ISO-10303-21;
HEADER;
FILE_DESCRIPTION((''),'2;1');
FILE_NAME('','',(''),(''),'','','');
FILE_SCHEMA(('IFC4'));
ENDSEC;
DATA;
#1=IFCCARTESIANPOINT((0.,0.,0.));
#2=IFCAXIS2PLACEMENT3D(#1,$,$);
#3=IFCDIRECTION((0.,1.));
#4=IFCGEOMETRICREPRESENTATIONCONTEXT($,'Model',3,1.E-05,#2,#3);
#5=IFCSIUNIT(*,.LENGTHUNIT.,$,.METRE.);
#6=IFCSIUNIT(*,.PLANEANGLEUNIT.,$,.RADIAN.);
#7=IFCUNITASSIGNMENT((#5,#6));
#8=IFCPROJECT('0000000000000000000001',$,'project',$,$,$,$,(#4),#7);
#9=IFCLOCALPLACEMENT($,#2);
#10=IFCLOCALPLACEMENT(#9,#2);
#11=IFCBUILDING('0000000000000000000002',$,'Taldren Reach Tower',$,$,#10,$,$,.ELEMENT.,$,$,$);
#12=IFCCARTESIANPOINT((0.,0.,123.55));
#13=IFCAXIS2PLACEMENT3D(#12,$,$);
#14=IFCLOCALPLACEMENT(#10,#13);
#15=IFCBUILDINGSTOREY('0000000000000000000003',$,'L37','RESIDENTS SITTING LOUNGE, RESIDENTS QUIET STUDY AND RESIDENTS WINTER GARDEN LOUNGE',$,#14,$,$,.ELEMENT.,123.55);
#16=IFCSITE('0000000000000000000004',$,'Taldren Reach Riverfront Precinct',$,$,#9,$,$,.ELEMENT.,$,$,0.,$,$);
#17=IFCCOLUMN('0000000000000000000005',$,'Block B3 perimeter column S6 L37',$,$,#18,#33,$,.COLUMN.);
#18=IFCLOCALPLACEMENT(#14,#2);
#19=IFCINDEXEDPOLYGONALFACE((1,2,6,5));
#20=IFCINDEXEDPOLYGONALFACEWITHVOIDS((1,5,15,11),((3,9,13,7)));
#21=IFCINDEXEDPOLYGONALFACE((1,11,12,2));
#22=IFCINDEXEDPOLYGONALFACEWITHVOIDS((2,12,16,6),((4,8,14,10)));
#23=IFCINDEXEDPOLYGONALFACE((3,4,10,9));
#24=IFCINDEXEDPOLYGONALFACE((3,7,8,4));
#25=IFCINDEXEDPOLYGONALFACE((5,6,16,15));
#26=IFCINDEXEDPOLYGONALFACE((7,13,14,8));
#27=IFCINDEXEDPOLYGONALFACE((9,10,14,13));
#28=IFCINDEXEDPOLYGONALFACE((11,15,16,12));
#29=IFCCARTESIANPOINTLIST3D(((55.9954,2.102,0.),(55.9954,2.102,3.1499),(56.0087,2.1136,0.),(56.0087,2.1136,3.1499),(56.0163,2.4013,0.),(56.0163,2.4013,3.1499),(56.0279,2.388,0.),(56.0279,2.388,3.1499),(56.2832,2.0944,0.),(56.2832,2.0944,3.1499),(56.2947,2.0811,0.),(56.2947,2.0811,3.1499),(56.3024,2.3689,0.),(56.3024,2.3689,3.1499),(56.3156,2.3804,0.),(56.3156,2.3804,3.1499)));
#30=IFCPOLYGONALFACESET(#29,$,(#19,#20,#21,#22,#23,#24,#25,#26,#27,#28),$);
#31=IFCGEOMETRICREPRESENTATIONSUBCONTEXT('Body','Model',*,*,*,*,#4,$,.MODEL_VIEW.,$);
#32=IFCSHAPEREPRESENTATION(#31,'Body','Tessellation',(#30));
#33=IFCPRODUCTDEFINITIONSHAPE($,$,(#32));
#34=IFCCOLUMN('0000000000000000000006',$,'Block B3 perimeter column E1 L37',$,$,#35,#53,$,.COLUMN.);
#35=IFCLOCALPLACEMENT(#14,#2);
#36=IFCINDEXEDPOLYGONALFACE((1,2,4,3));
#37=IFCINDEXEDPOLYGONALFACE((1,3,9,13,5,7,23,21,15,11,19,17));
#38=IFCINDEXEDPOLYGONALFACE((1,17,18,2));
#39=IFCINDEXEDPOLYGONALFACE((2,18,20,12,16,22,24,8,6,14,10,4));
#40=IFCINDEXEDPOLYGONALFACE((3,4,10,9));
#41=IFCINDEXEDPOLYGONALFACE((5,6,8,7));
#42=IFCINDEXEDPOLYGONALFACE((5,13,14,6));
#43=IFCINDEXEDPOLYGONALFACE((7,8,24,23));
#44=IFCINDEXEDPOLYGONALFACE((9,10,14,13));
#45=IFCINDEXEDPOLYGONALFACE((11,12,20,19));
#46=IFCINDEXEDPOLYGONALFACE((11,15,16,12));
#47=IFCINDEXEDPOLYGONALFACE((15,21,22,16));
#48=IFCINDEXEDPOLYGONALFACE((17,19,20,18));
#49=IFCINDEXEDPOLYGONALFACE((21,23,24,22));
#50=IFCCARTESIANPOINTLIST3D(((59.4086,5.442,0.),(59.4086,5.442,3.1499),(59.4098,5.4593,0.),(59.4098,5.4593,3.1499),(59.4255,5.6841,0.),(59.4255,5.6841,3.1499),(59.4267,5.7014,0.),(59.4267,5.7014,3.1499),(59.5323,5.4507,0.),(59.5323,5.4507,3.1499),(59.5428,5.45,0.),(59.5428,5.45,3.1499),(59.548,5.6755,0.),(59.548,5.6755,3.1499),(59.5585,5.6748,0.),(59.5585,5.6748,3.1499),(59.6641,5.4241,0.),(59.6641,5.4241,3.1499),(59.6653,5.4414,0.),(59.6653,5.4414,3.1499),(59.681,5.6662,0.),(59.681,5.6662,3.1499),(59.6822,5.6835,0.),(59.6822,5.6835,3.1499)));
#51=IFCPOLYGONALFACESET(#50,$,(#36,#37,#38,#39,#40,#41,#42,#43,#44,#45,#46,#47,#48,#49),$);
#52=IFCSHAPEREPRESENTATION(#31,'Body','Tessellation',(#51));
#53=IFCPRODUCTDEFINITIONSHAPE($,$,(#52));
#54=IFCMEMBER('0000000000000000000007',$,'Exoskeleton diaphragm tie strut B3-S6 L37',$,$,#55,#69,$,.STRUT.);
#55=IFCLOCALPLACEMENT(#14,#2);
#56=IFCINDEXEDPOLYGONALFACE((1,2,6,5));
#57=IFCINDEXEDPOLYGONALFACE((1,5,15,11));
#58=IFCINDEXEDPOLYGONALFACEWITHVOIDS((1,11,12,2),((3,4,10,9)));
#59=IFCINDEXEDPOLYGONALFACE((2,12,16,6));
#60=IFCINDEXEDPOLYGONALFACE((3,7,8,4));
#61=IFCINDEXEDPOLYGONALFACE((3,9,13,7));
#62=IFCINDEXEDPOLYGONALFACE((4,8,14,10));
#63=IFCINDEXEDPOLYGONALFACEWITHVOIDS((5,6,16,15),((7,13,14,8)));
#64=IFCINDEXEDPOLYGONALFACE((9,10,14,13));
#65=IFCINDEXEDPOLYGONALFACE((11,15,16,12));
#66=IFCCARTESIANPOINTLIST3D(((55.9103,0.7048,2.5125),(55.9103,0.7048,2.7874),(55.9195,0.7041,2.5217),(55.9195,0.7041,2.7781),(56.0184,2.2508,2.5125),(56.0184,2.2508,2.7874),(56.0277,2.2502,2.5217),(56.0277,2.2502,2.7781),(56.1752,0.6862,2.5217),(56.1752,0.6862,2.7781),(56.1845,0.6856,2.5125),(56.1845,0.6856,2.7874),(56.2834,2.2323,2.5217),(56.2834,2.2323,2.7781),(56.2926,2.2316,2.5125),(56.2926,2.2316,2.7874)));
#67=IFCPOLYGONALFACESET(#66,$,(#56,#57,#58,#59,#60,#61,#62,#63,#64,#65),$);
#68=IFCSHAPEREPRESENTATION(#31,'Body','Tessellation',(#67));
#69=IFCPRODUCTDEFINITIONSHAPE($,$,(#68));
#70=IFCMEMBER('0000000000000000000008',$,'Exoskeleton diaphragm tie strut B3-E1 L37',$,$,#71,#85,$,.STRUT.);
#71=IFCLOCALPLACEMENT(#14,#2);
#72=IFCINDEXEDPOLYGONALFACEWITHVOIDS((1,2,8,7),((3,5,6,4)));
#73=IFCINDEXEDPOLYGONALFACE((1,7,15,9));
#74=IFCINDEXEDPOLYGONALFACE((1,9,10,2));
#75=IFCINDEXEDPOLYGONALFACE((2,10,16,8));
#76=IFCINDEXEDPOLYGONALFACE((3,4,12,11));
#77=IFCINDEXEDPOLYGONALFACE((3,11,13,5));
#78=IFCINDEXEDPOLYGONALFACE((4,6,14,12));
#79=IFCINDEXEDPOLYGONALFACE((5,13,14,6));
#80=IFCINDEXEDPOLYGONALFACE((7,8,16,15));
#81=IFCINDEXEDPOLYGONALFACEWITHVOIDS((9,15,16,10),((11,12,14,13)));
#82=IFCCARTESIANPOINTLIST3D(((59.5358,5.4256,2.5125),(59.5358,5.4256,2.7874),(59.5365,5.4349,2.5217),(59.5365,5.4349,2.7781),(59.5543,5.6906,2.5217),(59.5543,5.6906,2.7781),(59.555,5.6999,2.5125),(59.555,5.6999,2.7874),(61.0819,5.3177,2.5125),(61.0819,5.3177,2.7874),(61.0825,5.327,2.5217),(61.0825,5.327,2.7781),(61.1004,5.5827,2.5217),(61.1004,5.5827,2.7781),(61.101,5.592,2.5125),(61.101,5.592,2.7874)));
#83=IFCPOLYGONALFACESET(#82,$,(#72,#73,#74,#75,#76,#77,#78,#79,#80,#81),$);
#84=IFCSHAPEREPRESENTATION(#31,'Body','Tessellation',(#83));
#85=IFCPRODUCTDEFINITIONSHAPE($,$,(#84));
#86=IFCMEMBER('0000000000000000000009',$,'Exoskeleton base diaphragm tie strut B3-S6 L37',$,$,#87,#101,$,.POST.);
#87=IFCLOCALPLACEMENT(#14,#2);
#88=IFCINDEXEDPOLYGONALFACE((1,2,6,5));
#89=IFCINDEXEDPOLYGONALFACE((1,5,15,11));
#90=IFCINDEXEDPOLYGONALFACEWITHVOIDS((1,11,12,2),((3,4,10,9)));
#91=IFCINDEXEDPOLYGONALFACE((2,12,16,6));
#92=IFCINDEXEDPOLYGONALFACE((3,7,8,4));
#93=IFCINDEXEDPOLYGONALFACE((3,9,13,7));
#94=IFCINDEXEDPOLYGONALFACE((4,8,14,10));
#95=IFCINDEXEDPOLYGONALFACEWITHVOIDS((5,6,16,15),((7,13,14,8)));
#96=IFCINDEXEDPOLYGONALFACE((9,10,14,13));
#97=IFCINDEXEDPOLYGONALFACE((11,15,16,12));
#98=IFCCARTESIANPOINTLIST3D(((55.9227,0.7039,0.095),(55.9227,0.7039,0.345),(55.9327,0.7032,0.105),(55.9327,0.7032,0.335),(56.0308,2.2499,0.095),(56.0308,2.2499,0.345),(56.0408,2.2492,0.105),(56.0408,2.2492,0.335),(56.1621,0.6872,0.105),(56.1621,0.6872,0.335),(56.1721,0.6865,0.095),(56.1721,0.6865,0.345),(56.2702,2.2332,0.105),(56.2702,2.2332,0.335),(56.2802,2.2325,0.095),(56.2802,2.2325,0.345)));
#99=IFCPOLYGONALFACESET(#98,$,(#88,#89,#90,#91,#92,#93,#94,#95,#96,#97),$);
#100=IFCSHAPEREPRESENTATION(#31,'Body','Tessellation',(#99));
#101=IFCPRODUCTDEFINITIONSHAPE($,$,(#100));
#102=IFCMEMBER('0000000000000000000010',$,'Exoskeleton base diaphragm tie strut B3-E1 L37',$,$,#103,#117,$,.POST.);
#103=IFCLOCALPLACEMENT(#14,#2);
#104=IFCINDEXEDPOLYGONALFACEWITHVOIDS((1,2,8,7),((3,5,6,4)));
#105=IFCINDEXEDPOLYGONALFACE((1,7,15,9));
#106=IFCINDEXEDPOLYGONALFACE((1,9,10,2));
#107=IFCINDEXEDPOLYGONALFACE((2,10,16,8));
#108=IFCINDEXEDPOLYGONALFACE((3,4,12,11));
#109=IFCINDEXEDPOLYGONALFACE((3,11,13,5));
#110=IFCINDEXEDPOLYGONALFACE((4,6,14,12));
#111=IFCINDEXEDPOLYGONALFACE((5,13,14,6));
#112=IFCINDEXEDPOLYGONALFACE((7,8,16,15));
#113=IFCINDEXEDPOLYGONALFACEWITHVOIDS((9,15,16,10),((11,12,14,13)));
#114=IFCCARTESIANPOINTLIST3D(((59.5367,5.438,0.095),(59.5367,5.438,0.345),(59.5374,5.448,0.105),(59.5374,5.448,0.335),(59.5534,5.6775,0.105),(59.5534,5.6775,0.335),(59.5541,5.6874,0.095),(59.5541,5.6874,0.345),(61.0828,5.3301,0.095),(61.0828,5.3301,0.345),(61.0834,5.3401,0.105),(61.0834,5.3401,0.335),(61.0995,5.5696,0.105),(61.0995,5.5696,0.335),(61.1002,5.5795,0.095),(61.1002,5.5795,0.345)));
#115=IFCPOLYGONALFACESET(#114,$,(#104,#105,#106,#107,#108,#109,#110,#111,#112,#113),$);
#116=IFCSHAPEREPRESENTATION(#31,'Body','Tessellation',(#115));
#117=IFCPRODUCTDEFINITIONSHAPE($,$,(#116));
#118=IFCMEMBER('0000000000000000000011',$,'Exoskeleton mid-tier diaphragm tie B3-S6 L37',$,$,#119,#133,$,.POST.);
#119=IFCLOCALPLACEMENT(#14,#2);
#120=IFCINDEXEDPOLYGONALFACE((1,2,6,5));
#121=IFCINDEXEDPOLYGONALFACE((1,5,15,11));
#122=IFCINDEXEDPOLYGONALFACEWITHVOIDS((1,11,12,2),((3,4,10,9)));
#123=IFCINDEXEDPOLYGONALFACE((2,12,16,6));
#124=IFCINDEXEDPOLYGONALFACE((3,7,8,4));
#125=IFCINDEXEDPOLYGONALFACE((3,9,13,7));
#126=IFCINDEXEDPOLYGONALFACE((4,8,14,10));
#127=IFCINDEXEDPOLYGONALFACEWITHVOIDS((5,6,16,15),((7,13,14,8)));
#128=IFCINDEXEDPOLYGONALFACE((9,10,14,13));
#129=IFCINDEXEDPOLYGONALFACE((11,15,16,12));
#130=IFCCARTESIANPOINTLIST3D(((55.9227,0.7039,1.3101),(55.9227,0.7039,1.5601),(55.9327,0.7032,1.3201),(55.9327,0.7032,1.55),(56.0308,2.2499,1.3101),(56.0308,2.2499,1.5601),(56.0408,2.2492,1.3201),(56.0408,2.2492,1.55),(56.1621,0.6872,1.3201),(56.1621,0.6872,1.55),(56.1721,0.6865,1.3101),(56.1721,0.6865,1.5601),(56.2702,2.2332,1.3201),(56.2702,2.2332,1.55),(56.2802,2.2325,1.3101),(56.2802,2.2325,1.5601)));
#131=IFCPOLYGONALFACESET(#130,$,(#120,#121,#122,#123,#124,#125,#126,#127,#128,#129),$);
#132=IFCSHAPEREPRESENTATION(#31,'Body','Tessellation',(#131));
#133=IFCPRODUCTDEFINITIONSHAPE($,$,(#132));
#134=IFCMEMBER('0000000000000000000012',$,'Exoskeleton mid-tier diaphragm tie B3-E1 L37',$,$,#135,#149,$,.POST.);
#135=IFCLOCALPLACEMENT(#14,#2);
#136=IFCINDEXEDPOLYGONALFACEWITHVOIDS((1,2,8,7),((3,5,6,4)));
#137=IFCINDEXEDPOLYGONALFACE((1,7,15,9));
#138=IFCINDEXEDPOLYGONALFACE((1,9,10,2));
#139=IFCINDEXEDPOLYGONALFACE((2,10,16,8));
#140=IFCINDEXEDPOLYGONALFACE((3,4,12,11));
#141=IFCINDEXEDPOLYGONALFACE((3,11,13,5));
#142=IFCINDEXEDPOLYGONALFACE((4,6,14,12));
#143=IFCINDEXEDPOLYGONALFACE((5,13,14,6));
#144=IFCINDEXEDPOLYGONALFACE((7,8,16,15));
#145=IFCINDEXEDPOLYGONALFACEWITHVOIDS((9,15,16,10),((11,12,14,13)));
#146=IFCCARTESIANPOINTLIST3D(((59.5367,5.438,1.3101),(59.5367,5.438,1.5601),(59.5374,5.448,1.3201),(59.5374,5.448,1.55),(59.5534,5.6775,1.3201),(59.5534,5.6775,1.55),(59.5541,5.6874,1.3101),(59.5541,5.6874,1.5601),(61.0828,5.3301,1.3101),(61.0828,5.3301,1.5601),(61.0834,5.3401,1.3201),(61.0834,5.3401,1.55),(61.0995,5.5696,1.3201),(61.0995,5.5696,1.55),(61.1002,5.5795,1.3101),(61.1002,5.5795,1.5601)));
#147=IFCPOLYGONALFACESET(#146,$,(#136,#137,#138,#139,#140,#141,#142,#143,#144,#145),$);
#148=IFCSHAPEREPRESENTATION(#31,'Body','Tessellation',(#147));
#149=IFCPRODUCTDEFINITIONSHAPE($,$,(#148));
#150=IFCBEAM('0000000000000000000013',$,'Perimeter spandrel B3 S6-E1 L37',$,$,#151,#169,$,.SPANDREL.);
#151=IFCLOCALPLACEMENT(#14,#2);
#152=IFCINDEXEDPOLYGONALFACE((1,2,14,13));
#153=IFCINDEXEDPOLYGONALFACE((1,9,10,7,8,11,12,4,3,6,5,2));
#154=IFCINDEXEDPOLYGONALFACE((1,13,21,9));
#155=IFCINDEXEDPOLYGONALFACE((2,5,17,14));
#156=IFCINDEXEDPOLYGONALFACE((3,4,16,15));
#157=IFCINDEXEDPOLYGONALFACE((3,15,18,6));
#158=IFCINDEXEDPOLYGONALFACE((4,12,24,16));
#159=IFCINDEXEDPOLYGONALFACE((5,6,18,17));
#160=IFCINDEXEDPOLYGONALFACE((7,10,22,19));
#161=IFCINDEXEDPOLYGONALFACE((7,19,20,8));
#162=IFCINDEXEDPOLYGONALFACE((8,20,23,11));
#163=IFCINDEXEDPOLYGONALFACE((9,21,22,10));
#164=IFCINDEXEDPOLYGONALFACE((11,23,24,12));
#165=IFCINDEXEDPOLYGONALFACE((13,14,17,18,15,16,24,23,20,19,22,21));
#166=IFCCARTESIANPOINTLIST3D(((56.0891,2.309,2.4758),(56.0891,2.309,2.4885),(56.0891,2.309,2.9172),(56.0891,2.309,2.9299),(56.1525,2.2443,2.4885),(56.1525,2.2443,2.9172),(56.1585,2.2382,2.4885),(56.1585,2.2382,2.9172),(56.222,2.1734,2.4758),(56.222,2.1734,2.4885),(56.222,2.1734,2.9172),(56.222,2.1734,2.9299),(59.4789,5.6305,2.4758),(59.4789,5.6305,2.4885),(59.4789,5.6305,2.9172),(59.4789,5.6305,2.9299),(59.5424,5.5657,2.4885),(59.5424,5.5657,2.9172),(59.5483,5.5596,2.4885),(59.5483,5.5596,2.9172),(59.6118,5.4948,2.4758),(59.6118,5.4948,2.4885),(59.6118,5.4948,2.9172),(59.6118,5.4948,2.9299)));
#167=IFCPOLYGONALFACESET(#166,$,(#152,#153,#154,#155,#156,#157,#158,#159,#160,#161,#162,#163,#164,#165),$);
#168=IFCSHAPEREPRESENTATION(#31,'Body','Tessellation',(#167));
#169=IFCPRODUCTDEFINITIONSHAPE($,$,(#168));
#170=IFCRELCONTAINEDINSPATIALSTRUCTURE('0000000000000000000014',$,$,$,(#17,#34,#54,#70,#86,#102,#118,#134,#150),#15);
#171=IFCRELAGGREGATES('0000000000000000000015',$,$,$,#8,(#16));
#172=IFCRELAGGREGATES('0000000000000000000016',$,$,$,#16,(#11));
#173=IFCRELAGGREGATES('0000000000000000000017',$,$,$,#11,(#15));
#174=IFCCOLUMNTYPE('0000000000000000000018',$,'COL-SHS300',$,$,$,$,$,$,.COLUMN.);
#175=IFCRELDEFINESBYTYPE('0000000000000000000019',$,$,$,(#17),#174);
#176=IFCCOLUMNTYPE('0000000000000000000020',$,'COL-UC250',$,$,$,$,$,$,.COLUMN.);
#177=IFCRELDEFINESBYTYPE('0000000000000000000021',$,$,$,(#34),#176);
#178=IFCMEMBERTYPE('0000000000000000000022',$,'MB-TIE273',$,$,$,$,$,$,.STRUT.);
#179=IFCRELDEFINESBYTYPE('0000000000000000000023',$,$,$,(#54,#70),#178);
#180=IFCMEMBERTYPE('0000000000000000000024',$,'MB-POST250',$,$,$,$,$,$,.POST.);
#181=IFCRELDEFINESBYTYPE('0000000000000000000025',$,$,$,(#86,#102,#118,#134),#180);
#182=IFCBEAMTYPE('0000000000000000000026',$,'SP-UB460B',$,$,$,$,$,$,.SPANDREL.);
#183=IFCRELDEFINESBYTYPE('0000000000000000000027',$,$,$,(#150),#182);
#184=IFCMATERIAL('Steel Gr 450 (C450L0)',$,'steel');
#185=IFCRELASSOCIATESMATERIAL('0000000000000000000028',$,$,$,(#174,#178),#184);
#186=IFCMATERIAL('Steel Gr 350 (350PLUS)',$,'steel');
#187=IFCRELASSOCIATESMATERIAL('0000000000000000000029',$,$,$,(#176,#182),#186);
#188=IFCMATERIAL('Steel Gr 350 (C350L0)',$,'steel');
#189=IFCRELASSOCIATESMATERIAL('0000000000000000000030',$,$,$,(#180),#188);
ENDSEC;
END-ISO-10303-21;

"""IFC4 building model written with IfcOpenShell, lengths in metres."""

from ifc_helpers import new_model, si_unit, direction, frame, origin, origin_2d, place, context, subcontext, project, spatial, hollow_rectangle, i_section, extrude, source, transform, mapped, material, material_profile, profile_set, type_object, element, save


model = new_model("IFC4")

# Units and contexts
model_context = context("Model", 3, precision=1e-05, world=origin(), true_north=direction((0.0, 1.0)))
body_context = subcontext(model_context, "Body", "Model", "MODEL_VIEW")
ifc_project = project(units=[si_unit("LENGTHUNIT", "METRE"), si_unit("PLANEANGLEUNIT", "RADIAN")], contexts=[model_context])

# Site, building, storey
site_placement = place(None, origin())
site = spatial("IfcSite", under=ifc_project, at=site_placement, Name="Taldren Reach Riverfront Precinct", CompositionType="ELEMENT", RefElevation=0.0)
building_placement = place(site_placement, origin())
building = spatial("IfcBuilding", under=site, at=building_placement, Name="Taldren Reach Tower", CompositionType="ELEMENT")
storey_placement = place(building_placement, frame((0.0, 0.0, 123.55)))
storey = spatial("IfcBuildingStorey", under=building, at=storey_placement, Name="L37", Description="RESIDENTS SITTING LOUNGE, RESIDENTS QUIET STUDY AND RESIDENTS WINTER GARDEN LOUNGE", CompositionType="ELEMENT", Elevation=123.55)

# Columns
ifc_material_1 = material(Name="Steel Gr 450 (C450L0)", Category="steel")
ifc_material_profile_1 = material_profile(ifc_material_1, hollow_rectangle(XDim=0.3, YDim=0.3, WallThickness=0.0125, at=origin_2d()), Name="300x300x12.5SHS")
ifc_profile_set_1 = profile_set([ifc_material_profile_1], Name="Steel Gr 450 (C450L0)")
column_type_1 = type_object("IfcColumnType", Name="COL-SHS300", PredefinedType="COLUMN", material=ifc_profile_set_1)
shared_shape_1 = source(origin(), body_context, "Body", "SweptSolid", [
    extrude(hollow_rectangle(XDim=0.3, YDim=0.3, WallThickness=0.0125, at=origin_2d()), origin(), (0.0, 0.0, 1.0), 3.1499),
])
column_1_placement = place(storey_placement, frame((56.1555, 2.2412, 0.0), z_axis=(0.0, 0.0, 1.0), x_axis=(0.997564, -0.069756, 0.0)))
element("IfcColumn", 1, at=column_1_placement, inside=storey, type_object=column_type_1, Name="Block B3 perimeter column S6 L37", PredefinedType="COLUMN", context=body_context, shape_type="MappedRepresentation", body=[
    mapped(shared_shape_1, transform((0.0, 0.0, 0.0), scale=1.0)),
])
ifc_material_2 = material(Name="Steel Gr 350 (350PLUS)", Category="steel")
ifc_material_profile_2 = material_profile(ifc_material_2, i_section(OverallWidth=0.2561, OverallDepth=0.26, WebThickness=0.0105, FlangeThickness=0.0173, at=origin_2d()), Name="250UC89.5")
ifc_profile_set_2 = profile_set([ifc_material_profile_2], Name="Steel Gr 350 (350PLUS)")
column_type_2 = type_object("IfcColumnType", Name="COL-UC250", PredefinedType="COLUMN", material=ifc_profile_set_2)
shared_shape_2 = source(origin(), body_context, "Body", "SweptSolid", [
    extrude(i_section(OverallWidth=0.2561, OverallDepth=0.26, WebThickness=0.0105, FlangeThickness=0.0173, at=origin_2d()), origin(), (0.0, 0.0, 1.0), 3.1499),
])
column_2_placement = place(storey_placement, frame((59.5454, 5.5627, 0.0), z_axis=(0.0, 0.0, 1.0), x_axis=(0.997564, -0.069756, 0.0)))
element("IfcColumn", 2, at=column_2_placement, inside=storey, type_object=column_type_2, Name="Block B3 perimeter column E1 L37", PredefinedType="COLUMN", context=body_context, shape_type="MappedRepresentation", body=[
    mapped(shared_shape_2, transform((0.0, 0.0, 0.0), scale=1.0)),
])

# Members
ifc_material_profile_3 = material_profile(ifc_material_1, hollow_rectangle(XDim=0.2749, YDim=0.2749, WallThickness=0.0093, at=origin_2d()), Name="275x275x9.3SHS")
ifc_profile_set_3 = profile_set([ifc_material_profile_3], Name="Steel Gr 450 (C450L0)")
member_type_1 = type_object("IfcMemberType", Name="MB-TIE273", PredefinedType="STRUT", material=ifc_profile_set_3)
shared_shape_3 = source(origin(), body_context, "Body", "SweptSolid", [
    extrude(hollow_rectangle(XDim=0.2749, YDim=0.2749, WallThickness=0.0093, at=origin_2d()), origin(), (0.0, 0.0, 1.0), 1.5498),
])
for number, where, z_axis, x_axis, name in (
    (3, (56.1555, 2.2412, 2.6499), (-0.069781, -0.997562, 0.0), (0.997562, -0.069781, 0.0), "Exoskeleton diaphragm tie strut B3-S6 L37"),
    (4, (59.5454, 5.5627, 2.6499), (0.997573, -0.069624, 0.0), (0.069624, 0.997573, 0.0), "Exoskeleton diaphragm tie strut B3-E1 L37"),
):
    element("IfcMember", number, at=place(storey_placement, frame(where, z_axis=z_axis, x_axis=x_axis)), inside=storey, type_object=member_type_1, Name=name, PredefinedType="STRUT", context=body_context, shape_type="MappedRepresentation", body=[
        mapped(shared_shape_3, transform((0.0, 0.0, 0.0), scale=1.0)),
    ])
ifc_material_3 = material(Name="Steel Gr 350 (C350L0)", Category="steel")
ifc_material_profile_4 = material_profile(ifc_material_3, hollow_rectangle(XDim=0.25, YDim=0.25, WallThickness=0.01, at=origin_2d()), Name="250x250x10.0SHS")
ifc_profile_set_4 = profile_set([ifc_material_profile_4], Name="Steel Gr 350 (C350L0)")
member_type_2 = type_object("IfcMemberType", Name="MB-POST250", PredefinedType="POST", material=ifc_profile_set_4)
shared_shape_4 = source(origin(), body_context, "Body", "SweptSolid", [
    extrude(hollow_rectangle(XDim=0.25, YDim=0.25, WallThickness=0.01, at=origin_2d()), origin(), (0.0, 0.0, 1.0), 1.5498),
])
for number, where, z_axis, x_axis, name in (
    (5, (56.1555, 2.2412, 0.22), (-0.069781, -0.997562, 0.0), (0.997562, -0.069781, 0.0), "Exoskeleton base diaphragm tie strut B3-S6 L37"),
    (6, (59.5454, 5.5627, 0.22), (0.997573, -0.069624, 0.0), (0.069624, 0.997573, 0.0), "Exoskeleton base diaphragm tie strut B3-E1 L37"),
    (7, (56.1555, 2.2412, 1.4351), (-0.069781, -0.997562, 0.0), (0.997562, -0.069781, 0.0), "Exoskeleton mid-tier diaphragm tie B3-S6 L37"),
    (8, (59.5454, 5.5627, 1.4351), (0.997573, -0.069624, 0.0), (0.069624, 0.997573, 0.0), "Exoskeleton mid-tier diaphragm tie B3-E1 L37"),
):
    element("IfcMember", number, at=place(storey_placement, frame(where, z_axis=z_axis, x_axis=x_axis)), inside=storey, type_object=member_type_2, Name=name, PredefinedType="POST", context=body_context, shape_type="MappedRepresentation", body=[
        mapped(shared_shape_4, transform((0.0, 0.0, 0.0), scale=1.0)),
    ])

# Beam
ifc_material_profile_5 = material_profile(ifc_material_2, i_section(OverallWidth=0.1899, OverallDepth=0.4541, WebThickness=0.0085, FlangeThickness=0.0127, at=origin_2d()), Name="460UB67.1")
ifc_profile_set_5 = profile_set([ifc_material_profile_5], Name="Steel Gr 350 (350PLUS)")
beam_type_1 = type_object("IfcBeamType", Name="SP-UB460B", PredefinedType="SPANDREL", material=ifc_profile_set_5)
shared_shape_5 = source(origin(), body_context, "Body", "SweptSolid", [
    extrude(i_section(OverallWidth=0.1899, OverallDepth=0.4541, WebThickness=0.0085, FlangeThickness=0.0127, at=origin_2d()), origin(), (0.0, 0.0, 1.0), 4.7458),
])
beam_1_placement = place(storey_placement, frame((56.1555, 2.2412, 2.7029), z_axis=(0.714272, 0.699868, 0.0), x_axis=(-0.699868, 0.714272, 0.0)))
element("IfcBeam", 9, at=beam_1_placement, inside=storey, type_object=beam_type_1, Name="Perimeter spandrel B3 S6-E1 L37", PredefinedType="SPANDREL", context=body_context, shape_type="MappedRepresentation", body=[
    mapped(shared_shape_5, transform((0.0, 0.0, 0.0), scale=1.0)),
])

save(model, "model.ifc")
